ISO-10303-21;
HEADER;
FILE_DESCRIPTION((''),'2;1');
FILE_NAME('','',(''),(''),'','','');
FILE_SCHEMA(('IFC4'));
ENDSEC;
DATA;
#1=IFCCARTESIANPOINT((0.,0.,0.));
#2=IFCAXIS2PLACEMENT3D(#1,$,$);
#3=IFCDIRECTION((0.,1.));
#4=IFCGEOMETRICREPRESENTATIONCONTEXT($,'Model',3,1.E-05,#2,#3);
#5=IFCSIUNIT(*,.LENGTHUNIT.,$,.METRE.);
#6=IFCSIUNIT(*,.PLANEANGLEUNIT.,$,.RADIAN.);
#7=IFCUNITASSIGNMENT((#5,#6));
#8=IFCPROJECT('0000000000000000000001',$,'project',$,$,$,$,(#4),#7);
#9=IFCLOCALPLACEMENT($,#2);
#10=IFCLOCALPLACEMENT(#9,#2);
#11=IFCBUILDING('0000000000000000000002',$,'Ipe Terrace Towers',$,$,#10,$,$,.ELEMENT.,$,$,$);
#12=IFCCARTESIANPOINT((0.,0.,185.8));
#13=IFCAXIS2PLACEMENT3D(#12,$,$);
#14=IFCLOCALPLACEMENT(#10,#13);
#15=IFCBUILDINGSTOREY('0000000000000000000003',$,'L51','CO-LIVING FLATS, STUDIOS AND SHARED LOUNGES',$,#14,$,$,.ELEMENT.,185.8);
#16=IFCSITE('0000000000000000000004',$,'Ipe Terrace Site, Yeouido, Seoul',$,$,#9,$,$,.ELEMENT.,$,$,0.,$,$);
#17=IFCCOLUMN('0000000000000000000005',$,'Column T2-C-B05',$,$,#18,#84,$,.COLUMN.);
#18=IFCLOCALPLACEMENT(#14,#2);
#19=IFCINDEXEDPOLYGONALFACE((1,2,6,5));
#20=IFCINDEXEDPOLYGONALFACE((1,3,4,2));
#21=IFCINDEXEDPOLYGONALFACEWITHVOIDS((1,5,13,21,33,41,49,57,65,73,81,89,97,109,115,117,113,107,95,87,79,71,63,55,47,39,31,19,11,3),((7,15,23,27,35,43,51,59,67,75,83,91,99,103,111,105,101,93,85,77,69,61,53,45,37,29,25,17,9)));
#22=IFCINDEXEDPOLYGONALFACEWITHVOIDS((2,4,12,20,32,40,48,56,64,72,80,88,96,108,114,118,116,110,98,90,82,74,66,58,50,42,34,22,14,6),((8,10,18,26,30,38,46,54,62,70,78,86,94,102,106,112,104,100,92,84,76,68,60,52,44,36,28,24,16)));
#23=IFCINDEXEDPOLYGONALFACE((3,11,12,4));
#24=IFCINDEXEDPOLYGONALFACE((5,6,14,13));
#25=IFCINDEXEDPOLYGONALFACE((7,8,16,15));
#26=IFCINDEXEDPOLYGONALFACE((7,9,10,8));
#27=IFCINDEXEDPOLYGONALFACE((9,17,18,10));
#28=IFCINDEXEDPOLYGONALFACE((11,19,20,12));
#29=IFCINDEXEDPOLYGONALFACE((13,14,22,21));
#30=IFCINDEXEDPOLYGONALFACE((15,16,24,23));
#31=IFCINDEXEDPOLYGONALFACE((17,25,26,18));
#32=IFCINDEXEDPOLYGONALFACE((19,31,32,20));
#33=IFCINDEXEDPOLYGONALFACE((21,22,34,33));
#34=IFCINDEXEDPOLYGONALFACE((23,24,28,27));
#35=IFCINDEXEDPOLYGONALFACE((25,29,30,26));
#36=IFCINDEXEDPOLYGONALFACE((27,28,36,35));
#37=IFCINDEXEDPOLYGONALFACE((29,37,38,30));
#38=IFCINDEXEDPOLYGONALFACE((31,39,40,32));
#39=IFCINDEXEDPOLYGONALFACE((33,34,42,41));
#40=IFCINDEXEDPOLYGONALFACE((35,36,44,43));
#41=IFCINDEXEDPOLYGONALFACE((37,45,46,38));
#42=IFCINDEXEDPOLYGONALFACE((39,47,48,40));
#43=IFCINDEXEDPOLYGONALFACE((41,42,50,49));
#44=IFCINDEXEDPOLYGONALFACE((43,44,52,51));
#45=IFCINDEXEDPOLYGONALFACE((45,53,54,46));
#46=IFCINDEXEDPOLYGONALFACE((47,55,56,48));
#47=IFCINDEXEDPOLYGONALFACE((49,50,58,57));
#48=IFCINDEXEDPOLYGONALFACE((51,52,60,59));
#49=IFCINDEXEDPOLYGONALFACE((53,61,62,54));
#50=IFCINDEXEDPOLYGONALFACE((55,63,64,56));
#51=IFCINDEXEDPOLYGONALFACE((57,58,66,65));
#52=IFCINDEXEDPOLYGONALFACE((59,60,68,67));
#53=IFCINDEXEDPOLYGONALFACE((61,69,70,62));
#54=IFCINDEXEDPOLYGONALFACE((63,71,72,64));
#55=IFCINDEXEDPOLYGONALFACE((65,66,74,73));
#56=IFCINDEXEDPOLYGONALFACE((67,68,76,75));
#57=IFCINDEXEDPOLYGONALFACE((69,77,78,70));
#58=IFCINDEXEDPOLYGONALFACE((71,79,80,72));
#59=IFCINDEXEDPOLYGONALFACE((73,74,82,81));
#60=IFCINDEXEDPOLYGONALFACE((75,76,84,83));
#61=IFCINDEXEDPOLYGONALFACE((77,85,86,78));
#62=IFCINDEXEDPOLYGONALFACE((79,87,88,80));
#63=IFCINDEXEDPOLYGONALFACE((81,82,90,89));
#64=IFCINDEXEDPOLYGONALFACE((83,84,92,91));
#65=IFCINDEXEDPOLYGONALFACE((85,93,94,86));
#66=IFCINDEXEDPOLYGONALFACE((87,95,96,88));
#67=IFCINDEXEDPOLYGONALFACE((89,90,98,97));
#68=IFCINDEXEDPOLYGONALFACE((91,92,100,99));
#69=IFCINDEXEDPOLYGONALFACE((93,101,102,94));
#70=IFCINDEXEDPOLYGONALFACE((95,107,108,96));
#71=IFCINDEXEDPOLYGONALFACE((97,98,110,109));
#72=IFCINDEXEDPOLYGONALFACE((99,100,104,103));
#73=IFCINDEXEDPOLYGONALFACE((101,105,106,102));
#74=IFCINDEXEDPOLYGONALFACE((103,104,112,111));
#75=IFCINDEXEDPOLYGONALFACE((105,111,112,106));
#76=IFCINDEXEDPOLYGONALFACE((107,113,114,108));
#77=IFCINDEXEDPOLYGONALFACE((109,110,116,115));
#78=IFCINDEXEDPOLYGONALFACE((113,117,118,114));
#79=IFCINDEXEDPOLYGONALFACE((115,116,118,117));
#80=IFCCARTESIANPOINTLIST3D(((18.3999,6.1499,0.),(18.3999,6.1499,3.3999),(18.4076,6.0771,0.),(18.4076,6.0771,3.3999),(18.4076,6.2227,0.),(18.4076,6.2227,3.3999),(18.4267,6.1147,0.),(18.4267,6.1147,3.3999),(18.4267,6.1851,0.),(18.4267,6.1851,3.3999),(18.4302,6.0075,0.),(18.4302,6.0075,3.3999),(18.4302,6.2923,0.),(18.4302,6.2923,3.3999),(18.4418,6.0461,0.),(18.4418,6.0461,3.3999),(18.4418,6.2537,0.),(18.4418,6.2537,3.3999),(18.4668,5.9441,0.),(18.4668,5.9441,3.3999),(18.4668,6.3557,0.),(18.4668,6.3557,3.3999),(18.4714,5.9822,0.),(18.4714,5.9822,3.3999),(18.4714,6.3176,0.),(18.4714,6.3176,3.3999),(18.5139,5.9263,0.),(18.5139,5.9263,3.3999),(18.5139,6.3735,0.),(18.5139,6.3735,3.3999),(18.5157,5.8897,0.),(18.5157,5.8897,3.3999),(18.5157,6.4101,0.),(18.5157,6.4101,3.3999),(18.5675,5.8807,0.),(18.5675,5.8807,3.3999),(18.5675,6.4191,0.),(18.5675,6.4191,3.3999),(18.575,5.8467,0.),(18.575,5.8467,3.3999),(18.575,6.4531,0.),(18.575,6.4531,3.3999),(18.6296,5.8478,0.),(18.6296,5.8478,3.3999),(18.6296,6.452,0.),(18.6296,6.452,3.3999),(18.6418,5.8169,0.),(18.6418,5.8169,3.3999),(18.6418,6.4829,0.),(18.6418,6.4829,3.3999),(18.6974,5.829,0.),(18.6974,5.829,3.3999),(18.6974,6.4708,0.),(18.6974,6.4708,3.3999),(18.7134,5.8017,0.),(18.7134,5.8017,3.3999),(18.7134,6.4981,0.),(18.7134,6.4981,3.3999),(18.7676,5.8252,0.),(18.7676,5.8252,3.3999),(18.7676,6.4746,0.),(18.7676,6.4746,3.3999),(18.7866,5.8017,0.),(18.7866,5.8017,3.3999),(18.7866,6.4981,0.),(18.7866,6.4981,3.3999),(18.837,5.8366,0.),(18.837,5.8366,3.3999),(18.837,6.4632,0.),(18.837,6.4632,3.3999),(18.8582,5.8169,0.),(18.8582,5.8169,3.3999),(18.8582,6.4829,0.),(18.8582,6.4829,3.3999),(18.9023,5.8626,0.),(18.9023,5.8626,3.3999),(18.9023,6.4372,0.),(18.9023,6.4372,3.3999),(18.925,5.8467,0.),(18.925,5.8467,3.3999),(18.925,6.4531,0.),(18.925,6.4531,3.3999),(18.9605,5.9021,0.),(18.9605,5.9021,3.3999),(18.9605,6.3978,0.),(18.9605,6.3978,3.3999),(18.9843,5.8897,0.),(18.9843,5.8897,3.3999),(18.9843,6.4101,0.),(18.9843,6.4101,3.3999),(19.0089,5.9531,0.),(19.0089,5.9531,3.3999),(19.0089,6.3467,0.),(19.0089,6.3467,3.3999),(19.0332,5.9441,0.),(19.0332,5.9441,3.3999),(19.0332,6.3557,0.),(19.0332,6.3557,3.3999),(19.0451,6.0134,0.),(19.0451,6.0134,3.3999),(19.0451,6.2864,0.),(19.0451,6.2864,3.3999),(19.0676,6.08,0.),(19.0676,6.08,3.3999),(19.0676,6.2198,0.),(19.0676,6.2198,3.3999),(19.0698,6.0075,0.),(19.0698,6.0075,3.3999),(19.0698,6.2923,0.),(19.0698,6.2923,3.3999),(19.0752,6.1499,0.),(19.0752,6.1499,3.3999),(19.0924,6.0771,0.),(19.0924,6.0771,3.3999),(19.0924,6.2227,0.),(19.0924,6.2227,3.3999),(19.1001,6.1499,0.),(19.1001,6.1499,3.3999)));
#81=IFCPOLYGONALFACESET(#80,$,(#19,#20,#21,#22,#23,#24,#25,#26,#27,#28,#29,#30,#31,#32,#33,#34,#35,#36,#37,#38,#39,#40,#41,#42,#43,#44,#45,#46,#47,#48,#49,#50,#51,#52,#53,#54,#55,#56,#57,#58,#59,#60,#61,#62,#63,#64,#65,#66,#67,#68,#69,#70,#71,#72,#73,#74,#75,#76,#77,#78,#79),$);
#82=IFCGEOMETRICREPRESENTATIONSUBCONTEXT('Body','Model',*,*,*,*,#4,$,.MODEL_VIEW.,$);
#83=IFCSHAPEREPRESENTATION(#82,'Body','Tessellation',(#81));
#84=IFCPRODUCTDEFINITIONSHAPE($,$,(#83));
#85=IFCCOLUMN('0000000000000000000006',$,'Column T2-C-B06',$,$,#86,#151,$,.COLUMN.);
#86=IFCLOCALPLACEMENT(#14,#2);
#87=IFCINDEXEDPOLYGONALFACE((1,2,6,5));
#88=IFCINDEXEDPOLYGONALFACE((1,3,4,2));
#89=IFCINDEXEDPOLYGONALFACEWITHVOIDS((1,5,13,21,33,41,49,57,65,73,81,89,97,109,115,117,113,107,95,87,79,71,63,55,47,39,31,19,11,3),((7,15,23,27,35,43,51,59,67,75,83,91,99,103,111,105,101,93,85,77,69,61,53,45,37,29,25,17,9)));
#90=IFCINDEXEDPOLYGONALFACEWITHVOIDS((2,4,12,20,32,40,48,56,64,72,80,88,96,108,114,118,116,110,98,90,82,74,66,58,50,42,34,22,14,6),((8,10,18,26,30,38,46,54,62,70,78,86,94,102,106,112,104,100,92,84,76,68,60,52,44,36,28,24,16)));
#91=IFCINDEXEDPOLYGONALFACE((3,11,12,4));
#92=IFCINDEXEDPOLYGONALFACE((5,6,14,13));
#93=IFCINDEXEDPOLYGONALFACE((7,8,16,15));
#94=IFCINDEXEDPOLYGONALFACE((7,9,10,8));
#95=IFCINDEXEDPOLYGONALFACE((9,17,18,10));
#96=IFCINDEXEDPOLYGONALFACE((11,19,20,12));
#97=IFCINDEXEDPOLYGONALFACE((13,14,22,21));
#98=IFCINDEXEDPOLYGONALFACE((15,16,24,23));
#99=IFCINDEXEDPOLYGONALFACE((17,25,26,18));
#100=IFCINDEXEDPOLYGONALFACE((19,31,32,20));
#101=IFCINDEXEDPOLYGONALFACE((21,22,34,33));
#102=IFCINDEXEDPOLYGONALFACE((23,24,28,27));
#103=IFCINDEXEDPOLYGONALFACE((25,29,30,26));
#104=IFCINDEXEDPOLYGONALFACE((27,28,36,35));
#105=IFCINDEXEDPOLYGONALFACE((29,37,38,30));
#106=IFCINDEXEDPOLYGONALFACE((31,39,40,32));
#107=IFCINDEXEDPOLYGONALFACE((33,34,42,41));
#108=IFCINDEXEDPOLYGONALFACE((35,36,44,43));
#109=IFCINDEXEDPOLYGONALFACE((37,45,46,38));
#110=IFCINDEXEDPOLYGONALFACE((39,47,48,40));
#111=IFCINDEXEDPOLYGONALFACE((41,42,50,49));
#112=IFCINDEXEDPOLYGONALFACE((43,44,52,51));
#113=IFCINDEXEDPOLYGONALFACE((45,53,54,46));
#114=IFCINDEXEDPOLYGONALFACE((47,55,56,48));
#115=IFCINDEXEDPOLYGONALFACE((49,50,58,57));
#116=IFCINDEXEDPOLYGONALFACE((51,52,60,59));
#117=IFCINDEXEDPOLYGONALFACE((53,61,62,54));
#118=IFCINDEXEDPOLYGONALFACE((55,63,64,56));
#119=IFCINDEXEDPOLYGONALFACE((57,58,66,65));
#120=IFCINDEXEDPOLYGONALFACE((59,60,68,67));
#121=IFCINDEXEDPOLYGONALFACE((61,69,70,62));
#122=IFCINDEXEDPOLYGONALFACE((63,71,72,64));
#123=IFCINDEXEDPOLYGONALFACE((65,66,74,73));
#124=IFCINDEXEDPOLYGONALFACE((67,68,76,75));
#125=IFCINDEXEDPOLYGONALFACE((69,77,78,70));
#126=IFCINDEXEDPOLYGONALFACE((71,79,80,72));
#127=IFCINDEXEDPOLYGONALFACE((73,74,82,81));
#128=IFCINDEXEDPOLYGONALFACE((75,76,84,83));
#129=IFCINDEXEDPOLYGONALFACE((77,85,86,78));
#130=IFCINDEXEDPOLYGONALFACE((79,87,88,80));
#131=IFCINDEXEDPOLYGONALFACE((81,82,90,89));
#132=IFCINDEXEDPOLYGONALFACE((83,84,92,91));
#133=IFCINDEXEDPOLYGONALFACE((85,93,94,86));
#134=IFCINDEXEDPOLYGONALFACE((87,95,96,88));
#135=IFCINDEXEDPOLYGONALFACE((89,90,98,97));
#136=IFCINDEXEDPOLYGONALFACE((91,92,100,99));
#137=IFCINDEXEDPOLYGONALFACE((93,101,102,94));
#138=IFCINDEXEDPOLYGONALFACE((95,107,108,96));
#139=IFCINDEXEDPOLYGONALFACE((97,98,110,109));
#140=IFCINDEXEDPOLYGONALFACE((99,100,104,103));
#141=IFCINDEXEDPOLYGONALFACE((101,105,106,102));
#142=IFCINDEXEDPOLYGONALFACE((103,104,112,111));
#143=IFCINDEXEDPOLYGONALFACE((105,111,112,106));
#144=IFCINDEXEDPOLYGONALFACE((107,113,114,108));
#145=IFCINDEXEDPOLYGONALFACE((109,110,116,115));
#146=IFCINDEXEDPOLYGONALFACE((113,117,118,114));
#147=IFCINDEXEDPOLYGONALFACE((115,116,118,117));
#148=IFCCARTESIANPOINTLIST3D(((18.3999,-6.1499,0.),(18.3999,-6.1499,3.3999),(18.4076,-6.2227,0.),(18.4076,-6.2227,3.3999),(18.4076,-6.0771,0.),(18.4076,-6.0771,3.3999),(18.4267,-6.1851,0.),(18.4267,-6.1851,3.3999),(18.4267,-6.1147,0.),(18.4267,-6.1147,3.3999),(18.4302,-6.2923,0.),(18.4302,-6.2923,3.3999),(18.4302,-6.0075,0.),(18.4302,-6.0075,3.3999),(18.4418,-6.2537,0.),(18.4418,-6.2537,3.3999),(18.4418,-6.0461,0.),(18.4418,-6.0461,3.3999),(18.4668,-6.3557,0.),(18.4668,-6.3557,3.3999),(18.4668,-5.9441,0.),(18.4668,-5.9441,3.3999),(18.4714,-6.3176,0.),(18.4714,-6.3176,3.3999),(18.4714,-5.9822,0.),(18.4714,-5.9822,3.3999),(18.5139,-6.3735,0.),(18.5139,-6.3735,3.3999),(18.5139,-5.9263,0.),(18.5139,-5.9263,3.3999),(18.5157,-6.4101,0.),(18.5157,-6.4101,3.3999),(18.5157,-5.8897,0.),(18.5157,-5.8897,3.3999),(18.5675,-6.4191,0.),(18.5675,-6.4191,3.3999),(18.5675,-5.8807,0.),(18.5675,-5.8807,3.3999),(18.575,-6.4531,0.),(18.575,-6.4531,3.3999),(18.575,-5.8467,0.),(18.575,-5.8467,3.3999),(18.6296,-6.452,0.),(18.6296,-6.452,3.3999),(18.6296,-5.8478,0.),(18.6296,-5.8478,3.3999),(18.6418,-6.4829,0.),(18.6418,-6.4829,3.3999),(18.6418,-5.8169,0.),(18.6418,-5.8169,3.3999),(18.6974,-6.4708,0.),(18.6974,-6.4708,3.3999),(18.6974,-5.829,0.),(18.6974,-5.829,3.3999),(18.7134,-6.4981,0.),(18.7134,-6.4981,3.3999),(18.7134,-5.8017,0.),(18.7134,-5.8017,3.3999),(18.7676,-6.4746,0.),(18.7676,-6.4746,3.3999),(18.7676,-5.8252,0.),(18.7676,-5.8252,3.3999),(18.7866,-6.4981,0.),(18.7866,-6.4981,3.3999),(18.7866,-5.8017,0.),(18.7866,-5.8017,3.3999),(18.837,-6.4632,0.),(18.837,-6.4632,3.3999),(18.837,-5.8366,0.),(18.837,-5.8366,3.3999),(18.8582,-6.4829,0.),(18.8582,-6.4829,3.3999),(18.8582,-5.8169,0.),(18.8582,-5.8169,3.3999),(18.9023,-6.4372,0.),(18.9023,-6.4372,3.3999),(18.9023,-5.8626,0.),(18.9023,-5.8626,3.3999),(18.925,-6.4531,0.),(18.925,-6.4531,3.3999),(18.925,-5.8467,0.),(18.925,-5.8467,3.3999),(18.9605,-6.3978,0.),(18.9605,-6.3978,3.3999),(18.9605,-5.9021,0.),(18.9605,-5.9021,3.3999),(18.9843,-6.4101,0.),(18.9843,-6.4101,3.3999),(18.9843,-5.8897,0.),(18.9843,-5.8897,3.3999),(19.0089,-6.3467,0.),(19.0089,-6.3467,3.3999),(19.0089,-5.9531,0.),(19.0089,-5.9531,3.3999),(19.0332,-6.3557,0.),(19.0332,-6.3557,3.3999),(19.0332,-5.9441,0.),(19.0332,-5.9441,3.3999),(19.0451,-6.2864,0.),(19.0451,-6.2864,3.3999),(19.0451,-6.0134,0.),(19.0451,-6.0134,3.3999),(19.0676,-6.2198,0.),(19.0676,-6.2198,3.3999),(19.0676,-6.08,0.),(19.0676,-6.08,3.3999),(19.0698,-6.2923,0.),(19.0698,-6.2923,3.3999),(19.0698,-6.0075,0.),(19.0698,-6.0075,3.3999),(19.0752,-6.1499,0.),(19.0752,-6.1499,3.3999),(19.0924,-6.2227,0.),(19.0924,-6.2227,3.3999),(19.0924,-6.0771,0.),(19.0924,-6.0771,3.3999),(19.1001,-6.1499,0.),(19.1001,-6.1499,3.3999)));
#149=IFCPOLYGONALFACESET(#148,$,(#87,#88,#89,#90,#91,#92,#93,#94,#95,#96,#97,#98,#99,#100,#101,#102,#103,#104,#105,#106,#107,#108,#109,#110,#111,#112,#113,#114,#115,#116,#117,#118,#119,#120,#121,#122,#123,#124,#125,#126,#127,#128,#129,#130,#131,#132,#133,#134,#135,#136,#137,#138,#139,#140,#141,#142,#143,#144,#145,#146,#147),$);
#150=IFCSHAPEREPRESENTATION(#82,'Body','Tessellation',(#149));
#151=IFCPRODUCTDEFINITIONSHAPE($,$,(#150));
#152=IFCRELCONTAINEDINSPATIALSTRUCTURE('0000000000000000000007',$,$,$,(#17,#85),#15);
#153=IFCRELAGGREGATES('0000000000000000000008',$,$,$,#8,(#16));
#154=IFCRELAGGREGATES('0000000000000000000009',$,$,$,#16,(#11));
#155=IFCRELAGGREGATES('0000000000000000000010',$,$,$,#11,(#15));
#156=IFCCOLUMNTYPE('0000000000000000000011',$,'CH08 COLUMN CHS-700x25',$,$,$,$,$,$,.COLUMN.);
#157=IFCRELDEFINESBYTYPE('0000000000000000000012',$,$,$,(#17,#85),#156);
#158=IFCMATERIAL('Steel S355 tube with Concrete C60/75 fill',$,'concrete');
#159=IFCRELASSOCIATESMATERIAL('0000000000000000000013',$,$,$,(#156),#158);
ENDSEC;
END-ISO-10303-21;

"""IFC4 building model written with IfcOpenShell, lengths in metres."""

from ifc_helpers import new_model, si_unit, direction, frame, origin, origin_2d, place, context, subcontext, project, spatial, hollow_circle, extrude, material, material_profile, profile_set, type_object, element, save


model = new_model("IFC4")

# Units and contexts
model_context = context("Model", 3, precision=1e-05, world=origin(), true_north=direction((0.0, 1.0)))
body_context = subcontext(model_context, "Body", "Model", "MODEL_VIEW")
ifc_project = project(units=[si_unit("LENGTHUNIT", "METRE"), si_unit("PLANEANGLEUNIT", "RADIAN")], contexts=[model_context])

# Site, building, storey
site_placement = place(None, origin())
site = spatial("IfcSite", under=ifc_project, at=site_placement, Name="Ipe Terrace Site, Yeouido, Seoul", CompositionType="ELEMENT", RefElevation=0.0)
building_placement = place(site_placement, origin())
building = spatial("IfcBuilding", under=site, at=building_placement, Name="Ipe Terrace Towers", CompositionType="ELEMENT")
storey_placement = place(building_placement, frame((0.0, 0.0, 185.8)))
storey = spatial("IfcBuildingStorey", under=building, at=storey_placement, Name="L51", Description="CO-LIVING FLATS, STUDIOS AND SHARED LOUNGES", CompositionType="ELEMENT", Elevation=185.8)

# Columns
ifc_material_1 = material(Name="Steel S355 tube with Concrete C60/75 fill", Category="concrete")
ifc_material_profile_1 = material_profile(ifc_material_1, hollow_circle(Radius=0.3501, WallThickness=0.0249, at=origin_2d()), Name="CHS-700x25")
ifc_profile_set_1 = profile_set([ifc_material_profile_1], Name="Steel S355 tube with Concrete C60/75 fill")
column_type = type_object("IfcColumnType", Name="CH08 COLUMN CHS-700x25", PredefinedType="COLUMN", material=ifc_profile_set_1)
for number, where, z_axis, x_axis, name in (
    (1, (18.75, 6.1499, 0.0), (0.0, 0.0, 1.0), (1.0, 0.0, 0.0), "Column T2-C-B05"),
    (2, (18.75, -6.1499, 0.0), (0.0, 0.0, 1.0), (1.0, 0.0, 0.0), "Column T2-C-B06"),
):
    element("IfcColumn", number, at=place(storey_placement, frame(where, z_axis=z_axis, x_axis=x_axis)), inside=storey, type_object=column_type, Name=name, PredefinedType="COLUMN", context=body_context, shape_type="SweptSolid", body=[
        extrude(hollow_circle(Radius=0.3501, WallThickness=0.0249, at=origin_2d()), origin(), (0.0, 0.0, 1.0), 3.3999),
    ])

save(model, "model.ifc")
